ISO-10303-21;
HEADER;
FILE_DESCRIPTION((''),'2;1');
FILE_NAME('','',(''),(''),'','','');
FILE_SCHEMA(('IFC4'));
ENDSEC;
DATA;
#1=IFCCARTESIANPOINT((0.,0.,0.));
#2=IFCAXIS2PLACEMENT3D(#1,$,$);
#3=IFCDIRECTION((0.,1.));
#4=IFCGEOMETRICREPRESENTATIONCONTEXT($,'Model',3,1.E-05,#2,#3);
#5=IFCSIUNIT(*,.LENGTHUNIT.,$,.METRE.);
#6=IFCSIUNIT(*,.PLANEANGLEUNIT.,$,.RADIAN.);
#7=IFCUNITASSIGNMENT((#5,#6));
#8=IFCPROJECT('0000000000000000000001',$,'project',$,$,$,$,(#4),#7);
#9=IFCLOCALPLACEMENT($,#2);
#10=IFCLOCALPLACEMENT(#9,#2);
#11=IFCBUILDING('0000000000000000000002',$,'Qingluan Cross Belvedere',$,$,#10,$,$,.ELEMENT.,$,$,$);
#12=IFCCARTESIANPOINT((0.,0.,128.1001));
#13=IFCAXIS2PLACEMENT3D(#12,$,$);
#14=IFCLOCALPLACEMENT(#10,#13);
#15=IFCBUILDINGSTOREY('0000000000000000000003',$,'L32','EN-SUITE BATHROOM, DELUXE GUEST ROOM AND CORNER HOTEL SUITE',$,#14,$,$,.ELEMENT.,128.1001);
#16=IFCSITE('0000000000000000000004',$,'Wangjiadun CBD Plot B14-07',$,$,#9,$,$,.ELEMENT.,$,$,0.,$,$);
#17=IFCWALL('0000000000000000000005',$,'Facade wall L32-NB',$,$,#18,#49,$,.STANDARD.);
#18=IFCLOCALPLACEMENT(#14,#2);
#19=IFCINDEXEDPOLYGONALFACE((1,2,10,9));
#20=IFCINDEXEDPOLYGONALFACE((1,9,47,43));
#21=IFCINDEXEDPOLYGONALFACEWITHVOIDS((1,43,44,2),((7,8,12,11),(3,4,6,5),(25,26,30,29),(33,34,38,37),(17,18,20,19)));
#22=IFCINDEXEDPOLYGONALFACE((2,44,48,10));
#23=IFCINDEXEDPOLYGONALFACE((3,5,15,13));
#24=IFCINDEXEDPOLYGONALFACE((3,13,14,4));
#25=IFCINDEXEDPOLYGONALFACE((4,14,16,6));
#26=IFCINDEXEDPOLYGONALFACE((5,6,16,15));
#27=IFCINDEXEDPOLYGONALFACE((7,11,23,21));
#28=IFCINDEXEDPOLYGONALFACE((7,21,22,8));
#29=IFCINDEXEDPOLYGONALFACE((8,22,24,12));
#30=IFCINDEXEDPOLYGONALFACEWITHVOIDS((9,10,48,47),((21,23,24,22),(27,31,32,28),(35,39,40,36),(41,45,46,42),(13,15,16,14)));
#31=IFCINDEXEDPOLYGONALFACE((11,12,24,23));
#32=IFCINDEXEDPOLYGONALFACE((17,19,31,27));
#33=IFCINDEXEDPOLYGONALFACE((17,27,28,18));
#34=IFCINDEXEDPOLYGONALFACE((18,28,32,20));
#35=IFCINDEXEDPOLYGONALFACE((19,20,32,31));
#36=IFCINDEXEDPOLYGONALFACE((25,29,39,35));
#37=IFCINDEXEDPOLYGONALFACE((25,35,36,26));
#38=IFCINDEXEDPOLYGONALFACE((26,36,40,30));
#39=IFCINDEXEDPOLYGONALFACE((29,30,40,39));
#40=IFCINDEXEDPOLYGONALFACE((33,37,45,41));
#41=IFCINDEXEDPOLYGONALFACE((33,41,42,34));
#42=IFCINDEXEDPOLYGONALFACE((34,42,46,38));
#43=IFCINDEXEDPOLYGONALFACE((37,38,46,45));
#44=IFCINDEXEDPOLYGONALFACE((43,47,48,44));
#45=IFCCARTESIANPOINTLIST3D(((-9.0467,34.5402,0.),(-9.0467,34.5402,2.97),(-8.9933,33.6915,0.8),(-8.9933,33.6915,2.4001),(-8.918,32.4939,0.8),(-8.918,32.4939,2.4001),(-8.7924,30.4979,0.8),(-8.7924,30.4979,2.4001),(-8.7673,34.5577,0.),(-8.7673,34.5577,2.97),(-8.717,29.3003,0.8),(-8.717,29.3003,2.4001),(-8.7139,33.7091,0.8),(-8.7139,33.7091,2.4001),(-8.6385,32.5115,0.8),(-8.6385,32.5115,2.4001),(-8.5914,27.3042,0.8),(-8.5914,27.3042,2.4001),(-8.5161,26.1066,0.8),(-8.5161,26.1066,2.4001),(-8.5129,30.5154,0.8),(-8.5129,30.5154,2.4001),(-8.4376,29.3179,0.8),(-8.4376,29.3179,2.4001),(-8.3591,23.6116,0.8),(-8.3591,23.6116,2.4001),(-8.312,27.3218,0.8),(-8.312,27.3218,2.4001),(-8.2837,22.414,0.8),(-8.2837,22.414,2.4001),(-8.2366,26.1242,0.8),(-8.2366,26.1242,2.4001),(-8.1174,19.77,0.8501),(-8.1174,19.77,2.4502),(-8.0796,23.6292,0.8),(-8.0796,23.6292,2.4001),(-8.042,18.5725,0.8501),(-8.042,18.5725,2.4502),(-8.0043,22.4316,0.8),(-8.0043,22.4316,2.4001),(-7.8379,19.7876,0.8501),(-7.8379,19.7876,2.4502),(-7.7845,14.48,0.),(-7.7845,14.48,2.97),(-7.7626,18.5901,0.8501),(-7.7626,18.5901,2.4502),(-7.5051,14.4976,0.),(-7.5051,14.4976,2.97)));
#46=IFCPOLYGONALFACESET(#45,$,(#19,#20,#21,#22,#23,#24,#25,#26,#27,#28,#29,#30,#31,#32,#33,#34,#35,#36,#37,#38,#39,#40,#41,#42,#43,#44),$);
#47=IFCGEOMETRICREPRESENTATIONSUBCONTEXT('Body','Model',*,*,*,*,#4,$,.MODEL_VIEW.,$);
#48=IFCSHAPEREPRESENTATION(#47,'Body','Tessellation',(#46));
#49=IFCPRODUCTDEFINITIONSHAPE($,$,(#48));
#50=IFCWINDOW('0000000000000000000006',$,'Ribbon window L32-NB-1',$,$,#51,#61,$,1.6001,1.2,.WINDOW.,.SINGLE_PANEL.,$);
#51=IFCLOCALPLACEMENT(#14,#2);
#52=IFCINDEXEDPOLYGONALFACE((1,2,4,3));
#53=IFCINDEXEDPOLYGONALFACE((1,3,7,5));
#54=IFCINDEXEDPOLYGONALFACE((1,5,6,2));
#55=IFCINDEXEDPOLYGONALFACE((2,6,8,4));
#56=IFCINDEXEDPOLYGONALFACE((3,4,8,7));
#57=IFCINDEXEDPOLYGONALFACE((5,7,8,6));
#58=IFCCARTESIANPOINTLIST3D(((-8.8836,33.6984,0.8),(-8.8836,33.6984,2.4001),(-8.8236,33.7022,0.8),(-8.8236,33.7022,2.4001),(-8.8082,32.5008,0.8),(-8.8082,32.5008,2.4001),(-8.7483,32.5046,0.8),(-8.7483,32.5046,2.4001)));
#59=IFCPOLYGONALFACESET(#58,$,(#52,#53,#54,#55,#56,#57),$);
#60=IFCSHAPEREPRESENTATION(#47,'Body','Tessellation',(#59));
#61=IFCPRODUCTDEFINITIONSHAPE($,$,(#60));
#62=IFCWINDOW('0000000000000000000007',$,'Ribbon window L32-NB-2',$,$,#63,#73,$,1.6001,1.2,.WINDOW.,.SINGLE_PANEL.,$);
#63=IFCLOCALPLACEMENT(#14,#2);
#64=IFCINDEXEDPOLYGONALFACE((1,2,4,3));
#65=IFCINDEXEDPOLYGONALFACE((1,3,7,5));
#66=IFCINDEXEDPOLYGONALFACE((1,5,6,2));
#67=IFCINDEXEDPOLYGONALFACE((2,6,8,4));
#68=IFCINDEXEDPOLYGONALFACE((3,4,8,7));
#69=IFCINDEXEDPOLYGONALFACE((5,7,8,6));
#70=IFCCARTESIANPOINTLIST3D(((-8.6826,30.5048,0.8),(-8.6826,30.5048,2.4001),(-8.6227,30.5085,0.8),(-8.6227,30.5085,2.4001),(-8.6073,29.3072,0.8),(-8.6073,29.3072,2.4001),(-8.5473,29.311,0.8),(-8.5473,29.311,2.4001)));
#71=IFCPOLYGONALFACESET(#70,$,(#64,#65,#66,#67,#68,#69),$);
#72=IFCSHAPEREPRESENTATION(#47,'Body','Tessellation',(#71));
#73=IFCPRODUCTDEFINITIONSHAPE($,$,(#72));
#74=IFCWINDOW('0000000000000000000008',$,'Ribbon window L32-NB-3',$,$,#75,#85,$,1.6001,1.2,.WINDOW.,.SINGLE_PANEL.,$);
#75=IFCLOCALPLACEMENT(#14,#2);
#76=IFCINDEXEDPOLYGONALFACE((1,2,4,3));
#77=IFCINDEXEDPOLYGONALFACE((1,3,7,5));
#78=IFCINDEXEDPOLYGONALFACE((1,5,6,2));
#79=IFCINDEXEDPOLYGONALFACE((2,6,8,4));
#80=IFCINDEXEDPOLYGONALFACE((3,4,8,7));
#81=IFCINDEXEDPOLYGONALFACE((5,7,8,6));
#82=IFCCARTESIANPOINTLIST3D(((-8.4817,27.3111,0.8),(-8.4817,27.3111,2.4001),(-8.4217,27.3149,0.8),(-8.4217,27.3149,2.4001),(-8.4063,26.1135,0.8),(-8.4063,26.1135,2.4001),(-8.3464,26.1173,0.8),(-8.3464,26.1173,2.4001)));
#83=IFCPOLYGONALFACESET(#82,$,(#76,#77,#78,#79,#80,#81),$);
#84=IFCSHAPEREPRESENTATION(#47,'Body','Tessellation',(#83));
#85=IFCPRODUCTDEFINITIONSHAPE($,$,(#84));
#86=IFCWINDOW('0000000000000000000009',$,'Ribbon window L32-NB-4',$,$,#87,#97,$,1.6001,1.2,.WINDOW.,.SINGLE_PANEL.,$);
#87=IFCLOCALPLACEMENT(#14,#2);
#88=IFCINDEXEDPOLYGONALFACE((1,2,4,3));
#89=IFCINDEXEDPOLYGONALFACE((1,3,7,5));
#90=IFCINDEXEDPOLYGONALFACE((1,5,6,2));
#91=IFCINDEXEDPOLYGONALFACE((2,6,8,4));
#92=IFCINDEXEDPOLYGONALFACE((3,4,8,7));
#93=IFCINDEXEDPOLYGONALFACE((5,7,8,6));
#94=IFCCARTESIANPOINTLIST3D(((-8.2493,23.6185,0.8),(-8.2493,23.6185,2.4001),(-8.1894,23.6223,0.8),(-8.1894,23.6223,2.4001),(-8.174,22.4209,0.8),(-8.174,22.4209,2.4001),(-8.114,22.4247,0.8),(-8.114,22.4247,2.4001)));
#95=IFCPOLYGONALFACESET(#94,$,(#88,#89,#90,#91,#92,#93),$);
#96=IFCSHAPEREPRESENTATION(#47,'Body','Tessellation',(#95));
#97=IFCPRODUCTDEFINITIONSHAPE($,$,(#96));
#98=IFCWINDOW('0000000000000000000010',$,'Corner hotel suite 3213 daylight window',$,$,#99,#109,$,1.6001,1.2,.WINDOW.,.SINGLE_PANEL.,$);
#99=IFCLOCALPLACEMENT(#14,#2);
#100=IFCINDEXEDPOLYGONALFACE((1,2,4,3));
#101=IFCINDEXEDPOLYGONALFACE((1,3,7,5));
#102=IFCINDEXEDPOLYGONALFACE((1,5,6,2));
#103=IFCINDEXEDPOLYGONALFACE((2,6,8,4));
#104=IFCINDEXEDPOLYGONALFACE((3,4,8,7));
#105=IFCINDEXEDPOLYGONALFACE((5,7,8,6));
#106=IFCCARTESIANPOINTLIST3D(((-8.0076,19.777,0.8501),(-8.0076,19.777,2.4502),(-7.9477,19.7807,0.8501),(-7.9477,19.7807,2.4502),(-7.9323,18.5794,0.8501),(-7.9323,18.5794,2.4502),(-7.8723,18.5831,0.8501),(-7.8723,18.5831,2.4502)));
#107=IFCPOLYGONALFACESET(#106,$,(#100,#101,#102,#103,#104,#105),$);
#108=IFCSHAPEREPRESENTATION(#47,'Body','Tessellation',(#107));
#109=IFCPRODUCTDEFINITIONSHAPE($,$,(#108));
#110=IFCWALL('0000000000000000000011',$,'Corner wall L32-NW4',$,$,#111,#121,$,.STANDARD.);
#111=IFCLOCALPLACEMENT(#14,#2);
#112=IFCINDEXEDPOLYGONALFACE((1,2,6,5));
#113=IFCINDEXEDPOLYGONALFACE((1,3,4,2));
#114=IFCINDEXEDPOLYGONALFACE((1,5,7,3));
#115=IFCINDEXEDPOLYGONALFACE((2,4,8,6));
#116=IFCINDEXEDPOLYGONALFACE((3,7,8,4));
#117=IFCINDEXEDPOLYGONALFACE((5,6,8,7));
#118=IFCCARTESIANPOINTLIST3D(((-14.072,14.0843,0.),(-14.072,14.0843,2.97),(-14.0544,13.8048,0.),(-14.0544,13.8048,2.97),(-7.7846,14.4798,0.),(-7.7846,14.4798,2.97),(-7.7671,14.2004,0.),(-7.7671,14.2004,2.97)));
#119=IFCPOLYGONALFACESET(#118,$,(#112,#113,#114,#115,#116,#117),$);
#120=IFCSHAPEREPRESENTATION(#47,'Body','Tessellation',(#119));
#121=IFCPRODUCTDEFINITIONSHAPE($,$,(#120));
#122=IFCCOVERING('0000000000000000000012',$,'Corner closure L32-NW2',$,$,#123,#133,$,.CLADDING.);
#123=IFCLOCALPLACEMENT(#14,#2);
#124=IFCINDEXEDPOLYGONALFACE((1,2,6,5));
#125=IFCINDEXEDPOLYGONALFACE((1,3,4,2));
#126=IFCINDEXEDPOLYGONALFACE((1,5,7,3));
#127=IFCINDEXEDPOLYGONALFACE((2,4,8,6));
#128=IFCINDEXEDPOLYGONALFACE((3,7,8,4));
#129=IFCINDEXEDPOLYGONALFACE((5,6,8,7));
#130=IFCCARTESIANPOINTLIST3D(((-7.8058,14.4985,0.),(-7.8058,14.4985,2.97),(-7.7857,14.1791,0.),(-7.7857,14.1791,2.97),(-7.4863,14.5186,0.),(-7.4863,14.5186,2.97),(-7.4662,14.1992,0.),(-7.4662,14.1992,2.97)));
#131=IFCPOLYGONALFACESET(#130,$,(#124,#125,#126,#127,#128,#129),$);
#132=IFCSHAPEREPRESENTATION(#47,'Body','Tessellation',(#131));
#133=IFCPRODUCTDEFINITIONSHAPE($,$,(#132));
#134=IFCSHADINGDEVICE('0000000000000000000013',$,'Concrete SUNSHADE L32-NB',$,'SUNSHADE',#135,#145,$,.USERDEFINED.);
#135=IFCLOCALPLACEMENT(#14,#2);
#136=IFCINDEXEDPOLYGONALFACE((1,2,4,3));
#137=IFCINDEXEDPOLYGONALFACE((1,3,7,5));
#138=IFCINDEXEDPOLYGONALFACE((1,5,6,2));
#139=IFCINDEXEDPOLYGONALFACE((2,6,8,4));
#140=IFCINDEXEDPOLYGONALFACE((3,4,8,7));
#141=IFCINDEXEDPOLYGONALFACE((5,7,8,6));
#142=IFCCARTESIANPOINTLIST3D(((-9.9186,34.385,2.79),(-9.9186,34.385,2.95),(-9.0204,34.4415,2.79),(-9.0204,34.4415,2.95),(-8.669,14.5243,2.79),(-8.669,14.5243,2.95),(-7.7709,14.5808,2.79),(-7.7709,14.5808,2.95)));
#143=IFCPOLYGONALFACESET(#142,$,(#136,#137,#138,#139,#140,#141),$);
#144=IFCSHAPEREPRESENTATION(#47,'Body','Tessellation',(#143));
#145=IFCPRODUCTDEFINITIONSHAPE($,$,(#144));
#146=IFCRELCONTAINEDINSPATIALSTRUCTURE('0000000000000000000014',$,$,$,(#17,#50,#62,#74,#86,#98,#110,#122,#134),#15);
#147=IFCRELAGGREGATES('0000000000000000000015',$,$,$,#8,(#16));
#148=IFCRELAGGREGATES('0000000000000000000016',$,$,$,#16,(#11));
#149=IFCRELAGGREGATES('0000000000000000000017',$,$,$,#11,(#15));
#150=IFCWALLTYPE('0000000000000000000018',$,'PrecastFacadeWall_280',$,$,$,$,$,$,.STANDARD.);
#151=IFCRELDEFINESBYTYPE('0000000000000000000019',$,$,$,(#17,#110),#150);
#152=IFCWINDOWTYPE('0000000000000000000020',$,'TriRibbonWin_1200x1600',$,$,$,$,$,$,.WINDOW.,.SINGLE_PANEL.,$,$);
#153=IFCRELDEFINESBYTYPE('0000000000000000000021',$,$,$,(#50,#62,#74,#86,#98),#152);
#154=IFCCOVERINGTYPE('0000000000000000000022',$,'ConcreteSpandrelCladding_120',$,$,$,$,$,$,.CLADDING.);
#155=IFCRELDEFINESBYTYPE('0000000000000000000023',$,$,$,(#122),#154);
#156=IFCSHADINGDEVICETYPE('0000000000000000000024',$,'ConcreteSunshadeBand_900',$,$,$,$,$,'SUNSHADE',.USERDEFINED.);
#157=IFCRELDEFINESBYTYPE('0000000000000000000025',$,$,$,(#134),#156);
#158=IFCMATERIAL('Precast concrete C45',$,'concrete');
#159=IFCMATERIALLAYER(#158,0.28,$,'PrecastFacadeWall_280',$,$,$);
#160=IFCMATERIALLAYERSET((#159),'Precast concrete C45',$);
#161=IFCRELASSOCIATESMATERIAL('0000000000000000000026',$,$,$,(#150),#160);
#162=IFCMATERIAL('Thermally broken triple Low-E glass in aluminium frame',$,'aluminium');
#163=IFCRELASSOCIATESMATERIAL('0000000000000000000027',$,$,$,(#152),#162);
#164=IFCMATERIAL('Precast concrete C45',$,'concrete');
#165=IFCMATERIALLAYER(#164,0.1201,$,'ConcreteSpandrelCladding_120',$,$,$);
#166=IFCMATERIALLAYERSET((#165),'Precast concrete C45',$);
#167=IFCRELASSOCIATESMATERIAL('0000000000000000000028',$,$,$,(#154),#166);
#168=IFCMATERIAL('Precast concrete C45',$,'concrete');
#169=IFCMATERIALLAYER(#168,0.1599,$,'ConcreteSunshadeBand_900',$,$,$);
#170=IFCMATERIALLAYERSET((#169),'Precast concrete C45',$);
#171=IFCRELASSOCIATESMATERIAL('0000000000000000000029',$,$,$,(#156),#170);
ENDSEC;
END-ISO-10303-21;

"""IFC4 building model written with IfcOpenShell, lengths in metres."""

from ifc_helpers import new_model, si_unit, direction, frame, frame_2d, origin, origin_2d, place, context, subcontext, project, spatial, rectangle, extrude, material, layer, layer_set, type_object, element, fill, save


model = new_model("IFC4")

# Units and contexts
model_context = context("Model", 3, precision=1e-05, world=origin(), true_north=direction((0.0, 1.0)))
body_context = subcontext(model_context, "Body", "Model", "MODEL_VIEW")
ifc_project = project(units=[si_unit("LENGTHUNIT", "METRE"), si_unit("PLANEANGLEUNIT", "RADIAN")], contexts=[model_context])

# Site, building, storey
site_placement = place(None, origin())
site = spatial("IfcSite", under=ifc_project, at=site_placement, Name="Wangjiadun CBD Plot B14-07", CompositionType="ELEMENT", RefElevation=0.0)
building_placement = place(site_placement, origin())
building = spatial("IfcBuilding", under=site, at=building_placement, Name="Qingluan Cross Belvedere", CompositionType="ELEMENT")
storey_placement = place(building_placement, frame((0.0, 0.0, 128.1001)))
storey = spatial("IfcBuildingStorey", under=building, at=storey_placement, Name="L32", Description="EN-SUITE BATHROOM, DELUXE GUEST ROOM AND CORNER HOTEL SUITE", CompositionType="ELEMENT", Elevation=128.1001)

# Wall, openings, windows
ifc_material_1 = material(Name="Precast concrete C45", Category="concrete")
ifc_layer_1 = layer(ifc_material_1, 0.28, Name="PrecastFacadeWall_280")
ifc_layer_set_1 = layer_set([ifc_layer_1], Name="Precast concrete C45")
wall_type_1 = type_object("IfcWallType", Name="PrecastFacadeWall_280", PredefinedType="STANDARD", material=ifc_layer_set_1)
wall_1_placement = place(storey_placement, frame((-8.907, 34.5488, 0.0), z_axis=(0.0, 0.0, 1.0), x_axis=(0.062796, -0.998026, 0.0)))
wall_1 = element("IfcWall", 1, at=wall_1_placement, inside=storey, type_object=wall_type_1, Name="Facade wall L32-NB", PredefinedType="STANDARD", context=body_context, shape_type="SweptSolid", body=[
    extrude(rectangle(XDim=20.0999, YDim=0.28, at=frame_2d((10.0498, 0.0))), origin(), (0.0, 0.0, 1.0), 2.97),
])
opening_1_placement = place(wall_1_placement, frame((0.8501, 0.0, 0.8)))
opening_1 = element("IfcOpeningElement", 2, at=opening_1_placement, cuts=wall_1, PredefinedType="OPENING", context=body_context, shape_type="SweptSolid", body=[
    extrude(rectangle(XDim=1.2, YDim=1.6001, at=frame_2d((0.6001, 0.8))), frame((0.0, 0.1499, 0.0), z_axis=(0.0, -1.0, 0.0), x_axis=(1.0, 0.0, 0.0)), (0.0, 0.0, 1.0), 0.3),
])
opening_2_placement = place(wall_1_placement, frame((4.05, 0.0, 0.8)))
opening_2 = element("IfcOpeningElement", 3, at=opening_2_placement, cuts=wall_1, PredefinedType="OPENING", context=body_context, shape_type="SweptSolid", body=[
    extrude(rectangle(XDim=1.2, YDim=1.6001, at=frame_2d((0.6001, 0.8))), frame((0.0, 0.1499, 0.0), z_axis=(0.0, -1.0, 0.0), x_axis=(1.0, 0.0, 0.0)), (0.0, 0.0, 1.0), 0.3),
])
opening_3_placement = place(wall_1_placement, frame((7.25, 0.0, 0.8)))
opening_3 = element("IfcOpeningElement", 4, at=opening_3_placement, cuts=wall_1, PredefinedType="OPENING", context=body_context, shape_type="SweptSolid", body=[
    extrude(rectangle(XDim=1.2, YDim=1.6001, at=frame_2d((0.6001, 0.8))), frame((0.0, 0.1499, 0.0), z_axis=(0.0, -1.0, 0.0), x_axis=(1.0, 0.0, 0.0)), (0.0, 0.0, 1.0), 0.3),
])
opening_4_placement = place(wall_1_placement, frame((10.95, 0.0, 0.8)))
opening_4 = element("IfcOpeningElement", 5, at=opening_4_placement, cuts=wall_1, PredefinedType="OPENING", context=body_context, shape_type="SweptSolid", body=[
    extrude(rectangle(XDim=1.2, YDim=1.6001, at=frame_2d((0.6001, 0.8))), frame((0.0, 0.1499, 0.0), z_axis=(0.0, -1.0, 0.0), x_axis=(1.0, 0.0, 0.0)), (0.0, 0.0, 1.0), 0.3),
])
opening_5_placement = place(wall_1_placement, frame((14.7991, 0.0, 0.8501)))
opening_5 = element("IfcOpeningElement", 6, at=opening_5_placement, cuts=wall_1, PredefinedType="OPENING", context=body_context, shape_type="SweptSolid", body=[
    extrude(rectangle(XDim=1.2, YDim=1.6001, at=frame_2d((0.6001, 0.8))), frame((0.0, 0.1499, 0.0), z_axis=(0.0, -1.0, 0.0), x_axis=(1.0, 0.0, 0.0)), (0.0, 0.0, 1.0), 0.3),
])
ifc_material_2 = material(Name="Thermally broken triple Low-E glass in aluminium frame", Category="aluminium")
window_type = type_object("IfcWindowType", Name="TriRibbonWin_1200x1600", PartitioningType="SINGLE_PANEL", PredefinedType="WINDOW", material=ifc_material_2)
window_1_placement = place(opening_1_placement, origin())
window_1 = element("IfcWindow", 7, at=window_1_placement, inside=storey, type_object=window_type, Name="Ribbon window L32-NB-1", OverallHeight=1.6001, OverallWidth=1.2, PartitioningType="SINGLE_PANEL", PredefinedType="WINDOW", context=body_context, shape_type="SweptSolid", body=[
    extrude(rectangle(XDim=1.2, YDim=1.6001, at=frame_2d((0.6001, 0.8))), frame((0.0, 0.03, 0.0), z_axis=(0.0, -1.0, 0.0), x_axis=(1.0, 0.0, 0.0)), (0.0, 0.0, 1.0), 0.0601),
])
fill(opening_1, window_1)
window_2_placement = place(opening_2_placement, origin())
window_2 = element("IfcWindow", 8, at=window_2_placement, inside=storey, type_object=window_type, Name="Ribbon window L32-NB-2", OverallHeight=1.6001, OverallWidth=1.2, PartitioningType="SINGLE_PANEL", PredefinedType="WINDOW", context=body_context, shape_type="SweptSolid", body=[
    extrude(rectangle(XDim=1.2, YDim=1.6001, at=frame_2d((0.6001, 0.8))), frame((0.0, 0.03, 0.0), z_axis=(0.0, -1.0, 0.0), x_axis=(1.0, 0.0, 0.0)), (0.0, 0.0, 1.0), 0.0601),
])
fill(opening_2, window_2)
window_3_placement = place(opening_3_placement, origin())
window_3 = element("IfcWindow", 9, at=window_3_placement, inside=storey, type_object=window_type, Name="Ribbon window L32-NB-3", OverallHeight=1.6001, OverallWidth=1.2, PartitioningType="SINGLE_PANEL", PredefinedType="WINDOW", context=body_context, shape_type="SweptSolid", body=[
    extrude(rectangle(XDim=1.2, YDim=1.6001, at=frame_2d((0.6001, 0.8))), frame((0.0, 0.03, 0.0), z_axis=(0.0, -1.0, 0.0), x_axis=(1.0, 0.0, 0.0)), (0.0, 0.0, 1.0), 0.0601),
])
fill(opening_3, window_3)
window_4_placement = place(opening_4_placement, origin())
window_4 = element("IfcWindow", 10, at=window_4_placement, inside=storey, type_object=window_type, Name="Ribbon window L32-NB-4", OverallHeight=1.6001, OverallWidth=1.2, PartitioningType="SINGLE_PANEL", PredefinedType="WINDOW", context=body_context, shape_type="SweptSolid", body=[
    extrude(rectangle(XDim=1.2, YDim=1.6001, at=frame_2d((0.6001, 0.8))), frame((0.0, 0.03, 0.0), z_axis=(0.0, -1.0, 0.0), x_axis=(1.0, 0.0, 0.0)), (0.0, 0.0, 1.0), 0.0601),
])
fill(opening_4, window_4)
window_5_placement = place(opening_5_placement, origin())
window_5 = element("IfcWindow", 11, at=window_5_placement, inside=storey, type_object=window_type, Name="Corner hotel suite 3213 daylight window", OverallHeight=1.6001, OverallWidth=1.2, PartitioningType="SINGLE_PANEL", PredefinedType="WINDOW", context=body_context, shape_type="SweptSolid", body=[
    extrude(rectangle(XDim=1.2, YDim=1.6001, at=frame_2d((0.6001, 0.8))), frame((0.0, 0.03, 0.0), z_axis=(0.0, -1.0, 0.0), x_axis=(1.0, 0.0, 0.0)), (0.0, 0.0, 1.0), 0.0601),
])
fill(opening_5, window_5)

# Wall
wall_2_placement = place(storey_placement, frame((-14.0632, 13.9446, 0.0), z_axis=(0.0, 0.0, 1.0), x_axis=(0.998027, 0.062781, 0.0)))
element("IfcWall", 12, at=wall_2_placement, inside=storey, type_object=wall_type_1, Name="Corner wall L32-NW4", PredefinedType="STANDARD", context=body_context, shape_type="SweptSolid", body=[
    extrude(rectangle(XDim=6.2998, YDim=0.28, at=frame_2d((3.1499, 0.0))), origin(), (0.0, 0.0, 1.0), 2.97),
])

# Covering
ifc_material_3 = material(Name="Precast concrete C45", Category="concrete")
ifc_layer_2 = layer(ifc_material_3, 0.1201, Name="ConcreteSpandrelCladding_120")
ifc_layer_set_2 = layer_set([ifc_layer_2], Name="Precast concrete C45")
covering_type = type_object("IfcCoveringType", Name="ConcreteSpandrelCladding_120", PredefinedType="CLADDING", material=ifc_layer_set_2)
covering_placement = place(storey_placement, frame((-7.636, 14.3489, 0.0), z_axis=(0.0, 0.0, 1.0), x_axis=(0.998027, 0.062791, 0.0)))
element("IfcCovering", 13, at=covering_placement, inside=storey, type_object=covering_type, Name="Corner closure L32-NW2", PredefinedType="CLADDING", context=body_context, shape_type="SweptSolid", body=[
    extrude(rectangle(XDim=0.3201, YDim=0.3201, at=origin_2d()), origin(), (0.0, 0.0, 1.0), 2.97),
])

# Shading device
ifc_material_4 = material(Name="Precast concrete C45", Category="concrete")
ifc_layer_3 = layer(ifc_material_4, 0.1599, Name="ConcreteSunshadeBand_900")
ifc_layer_set_3 = layer_set([ifc_layer_3], Name="Precast concrete C45")
shading_device_type = type_object("IfcShadingDeviceType", Name="ConcreteSunshadeBand_900", ElementType="SUNSHADE", PredefinedType="USERDEFINED", material=ifc_layer_set_3)
shading_device_placement = place(storey_placement, frame((-8.8447, 24.4829, 2.79), z_axis=(0.0, 0.0, 1.0), x_axis=(0.062791, -0.998027, 0.0)))
element("IfcShadingDevice", 14, at=shading_device_placement, inside=storey, type_object=shading_device_type, Name="Concrete SUNSHADE L32-NB", ObjectType="SUNSHADE", PredefinedType="USERDEFINED", context=body_context, shape_type="SweptSolid", body=[
    extrude(rectangle(XDim=19.8999, YDim=0.8999, at=origin_2d()), origin(), (0.0, 0.0, 1.0), 0.1599),
])

save(model, "model.ifc")
